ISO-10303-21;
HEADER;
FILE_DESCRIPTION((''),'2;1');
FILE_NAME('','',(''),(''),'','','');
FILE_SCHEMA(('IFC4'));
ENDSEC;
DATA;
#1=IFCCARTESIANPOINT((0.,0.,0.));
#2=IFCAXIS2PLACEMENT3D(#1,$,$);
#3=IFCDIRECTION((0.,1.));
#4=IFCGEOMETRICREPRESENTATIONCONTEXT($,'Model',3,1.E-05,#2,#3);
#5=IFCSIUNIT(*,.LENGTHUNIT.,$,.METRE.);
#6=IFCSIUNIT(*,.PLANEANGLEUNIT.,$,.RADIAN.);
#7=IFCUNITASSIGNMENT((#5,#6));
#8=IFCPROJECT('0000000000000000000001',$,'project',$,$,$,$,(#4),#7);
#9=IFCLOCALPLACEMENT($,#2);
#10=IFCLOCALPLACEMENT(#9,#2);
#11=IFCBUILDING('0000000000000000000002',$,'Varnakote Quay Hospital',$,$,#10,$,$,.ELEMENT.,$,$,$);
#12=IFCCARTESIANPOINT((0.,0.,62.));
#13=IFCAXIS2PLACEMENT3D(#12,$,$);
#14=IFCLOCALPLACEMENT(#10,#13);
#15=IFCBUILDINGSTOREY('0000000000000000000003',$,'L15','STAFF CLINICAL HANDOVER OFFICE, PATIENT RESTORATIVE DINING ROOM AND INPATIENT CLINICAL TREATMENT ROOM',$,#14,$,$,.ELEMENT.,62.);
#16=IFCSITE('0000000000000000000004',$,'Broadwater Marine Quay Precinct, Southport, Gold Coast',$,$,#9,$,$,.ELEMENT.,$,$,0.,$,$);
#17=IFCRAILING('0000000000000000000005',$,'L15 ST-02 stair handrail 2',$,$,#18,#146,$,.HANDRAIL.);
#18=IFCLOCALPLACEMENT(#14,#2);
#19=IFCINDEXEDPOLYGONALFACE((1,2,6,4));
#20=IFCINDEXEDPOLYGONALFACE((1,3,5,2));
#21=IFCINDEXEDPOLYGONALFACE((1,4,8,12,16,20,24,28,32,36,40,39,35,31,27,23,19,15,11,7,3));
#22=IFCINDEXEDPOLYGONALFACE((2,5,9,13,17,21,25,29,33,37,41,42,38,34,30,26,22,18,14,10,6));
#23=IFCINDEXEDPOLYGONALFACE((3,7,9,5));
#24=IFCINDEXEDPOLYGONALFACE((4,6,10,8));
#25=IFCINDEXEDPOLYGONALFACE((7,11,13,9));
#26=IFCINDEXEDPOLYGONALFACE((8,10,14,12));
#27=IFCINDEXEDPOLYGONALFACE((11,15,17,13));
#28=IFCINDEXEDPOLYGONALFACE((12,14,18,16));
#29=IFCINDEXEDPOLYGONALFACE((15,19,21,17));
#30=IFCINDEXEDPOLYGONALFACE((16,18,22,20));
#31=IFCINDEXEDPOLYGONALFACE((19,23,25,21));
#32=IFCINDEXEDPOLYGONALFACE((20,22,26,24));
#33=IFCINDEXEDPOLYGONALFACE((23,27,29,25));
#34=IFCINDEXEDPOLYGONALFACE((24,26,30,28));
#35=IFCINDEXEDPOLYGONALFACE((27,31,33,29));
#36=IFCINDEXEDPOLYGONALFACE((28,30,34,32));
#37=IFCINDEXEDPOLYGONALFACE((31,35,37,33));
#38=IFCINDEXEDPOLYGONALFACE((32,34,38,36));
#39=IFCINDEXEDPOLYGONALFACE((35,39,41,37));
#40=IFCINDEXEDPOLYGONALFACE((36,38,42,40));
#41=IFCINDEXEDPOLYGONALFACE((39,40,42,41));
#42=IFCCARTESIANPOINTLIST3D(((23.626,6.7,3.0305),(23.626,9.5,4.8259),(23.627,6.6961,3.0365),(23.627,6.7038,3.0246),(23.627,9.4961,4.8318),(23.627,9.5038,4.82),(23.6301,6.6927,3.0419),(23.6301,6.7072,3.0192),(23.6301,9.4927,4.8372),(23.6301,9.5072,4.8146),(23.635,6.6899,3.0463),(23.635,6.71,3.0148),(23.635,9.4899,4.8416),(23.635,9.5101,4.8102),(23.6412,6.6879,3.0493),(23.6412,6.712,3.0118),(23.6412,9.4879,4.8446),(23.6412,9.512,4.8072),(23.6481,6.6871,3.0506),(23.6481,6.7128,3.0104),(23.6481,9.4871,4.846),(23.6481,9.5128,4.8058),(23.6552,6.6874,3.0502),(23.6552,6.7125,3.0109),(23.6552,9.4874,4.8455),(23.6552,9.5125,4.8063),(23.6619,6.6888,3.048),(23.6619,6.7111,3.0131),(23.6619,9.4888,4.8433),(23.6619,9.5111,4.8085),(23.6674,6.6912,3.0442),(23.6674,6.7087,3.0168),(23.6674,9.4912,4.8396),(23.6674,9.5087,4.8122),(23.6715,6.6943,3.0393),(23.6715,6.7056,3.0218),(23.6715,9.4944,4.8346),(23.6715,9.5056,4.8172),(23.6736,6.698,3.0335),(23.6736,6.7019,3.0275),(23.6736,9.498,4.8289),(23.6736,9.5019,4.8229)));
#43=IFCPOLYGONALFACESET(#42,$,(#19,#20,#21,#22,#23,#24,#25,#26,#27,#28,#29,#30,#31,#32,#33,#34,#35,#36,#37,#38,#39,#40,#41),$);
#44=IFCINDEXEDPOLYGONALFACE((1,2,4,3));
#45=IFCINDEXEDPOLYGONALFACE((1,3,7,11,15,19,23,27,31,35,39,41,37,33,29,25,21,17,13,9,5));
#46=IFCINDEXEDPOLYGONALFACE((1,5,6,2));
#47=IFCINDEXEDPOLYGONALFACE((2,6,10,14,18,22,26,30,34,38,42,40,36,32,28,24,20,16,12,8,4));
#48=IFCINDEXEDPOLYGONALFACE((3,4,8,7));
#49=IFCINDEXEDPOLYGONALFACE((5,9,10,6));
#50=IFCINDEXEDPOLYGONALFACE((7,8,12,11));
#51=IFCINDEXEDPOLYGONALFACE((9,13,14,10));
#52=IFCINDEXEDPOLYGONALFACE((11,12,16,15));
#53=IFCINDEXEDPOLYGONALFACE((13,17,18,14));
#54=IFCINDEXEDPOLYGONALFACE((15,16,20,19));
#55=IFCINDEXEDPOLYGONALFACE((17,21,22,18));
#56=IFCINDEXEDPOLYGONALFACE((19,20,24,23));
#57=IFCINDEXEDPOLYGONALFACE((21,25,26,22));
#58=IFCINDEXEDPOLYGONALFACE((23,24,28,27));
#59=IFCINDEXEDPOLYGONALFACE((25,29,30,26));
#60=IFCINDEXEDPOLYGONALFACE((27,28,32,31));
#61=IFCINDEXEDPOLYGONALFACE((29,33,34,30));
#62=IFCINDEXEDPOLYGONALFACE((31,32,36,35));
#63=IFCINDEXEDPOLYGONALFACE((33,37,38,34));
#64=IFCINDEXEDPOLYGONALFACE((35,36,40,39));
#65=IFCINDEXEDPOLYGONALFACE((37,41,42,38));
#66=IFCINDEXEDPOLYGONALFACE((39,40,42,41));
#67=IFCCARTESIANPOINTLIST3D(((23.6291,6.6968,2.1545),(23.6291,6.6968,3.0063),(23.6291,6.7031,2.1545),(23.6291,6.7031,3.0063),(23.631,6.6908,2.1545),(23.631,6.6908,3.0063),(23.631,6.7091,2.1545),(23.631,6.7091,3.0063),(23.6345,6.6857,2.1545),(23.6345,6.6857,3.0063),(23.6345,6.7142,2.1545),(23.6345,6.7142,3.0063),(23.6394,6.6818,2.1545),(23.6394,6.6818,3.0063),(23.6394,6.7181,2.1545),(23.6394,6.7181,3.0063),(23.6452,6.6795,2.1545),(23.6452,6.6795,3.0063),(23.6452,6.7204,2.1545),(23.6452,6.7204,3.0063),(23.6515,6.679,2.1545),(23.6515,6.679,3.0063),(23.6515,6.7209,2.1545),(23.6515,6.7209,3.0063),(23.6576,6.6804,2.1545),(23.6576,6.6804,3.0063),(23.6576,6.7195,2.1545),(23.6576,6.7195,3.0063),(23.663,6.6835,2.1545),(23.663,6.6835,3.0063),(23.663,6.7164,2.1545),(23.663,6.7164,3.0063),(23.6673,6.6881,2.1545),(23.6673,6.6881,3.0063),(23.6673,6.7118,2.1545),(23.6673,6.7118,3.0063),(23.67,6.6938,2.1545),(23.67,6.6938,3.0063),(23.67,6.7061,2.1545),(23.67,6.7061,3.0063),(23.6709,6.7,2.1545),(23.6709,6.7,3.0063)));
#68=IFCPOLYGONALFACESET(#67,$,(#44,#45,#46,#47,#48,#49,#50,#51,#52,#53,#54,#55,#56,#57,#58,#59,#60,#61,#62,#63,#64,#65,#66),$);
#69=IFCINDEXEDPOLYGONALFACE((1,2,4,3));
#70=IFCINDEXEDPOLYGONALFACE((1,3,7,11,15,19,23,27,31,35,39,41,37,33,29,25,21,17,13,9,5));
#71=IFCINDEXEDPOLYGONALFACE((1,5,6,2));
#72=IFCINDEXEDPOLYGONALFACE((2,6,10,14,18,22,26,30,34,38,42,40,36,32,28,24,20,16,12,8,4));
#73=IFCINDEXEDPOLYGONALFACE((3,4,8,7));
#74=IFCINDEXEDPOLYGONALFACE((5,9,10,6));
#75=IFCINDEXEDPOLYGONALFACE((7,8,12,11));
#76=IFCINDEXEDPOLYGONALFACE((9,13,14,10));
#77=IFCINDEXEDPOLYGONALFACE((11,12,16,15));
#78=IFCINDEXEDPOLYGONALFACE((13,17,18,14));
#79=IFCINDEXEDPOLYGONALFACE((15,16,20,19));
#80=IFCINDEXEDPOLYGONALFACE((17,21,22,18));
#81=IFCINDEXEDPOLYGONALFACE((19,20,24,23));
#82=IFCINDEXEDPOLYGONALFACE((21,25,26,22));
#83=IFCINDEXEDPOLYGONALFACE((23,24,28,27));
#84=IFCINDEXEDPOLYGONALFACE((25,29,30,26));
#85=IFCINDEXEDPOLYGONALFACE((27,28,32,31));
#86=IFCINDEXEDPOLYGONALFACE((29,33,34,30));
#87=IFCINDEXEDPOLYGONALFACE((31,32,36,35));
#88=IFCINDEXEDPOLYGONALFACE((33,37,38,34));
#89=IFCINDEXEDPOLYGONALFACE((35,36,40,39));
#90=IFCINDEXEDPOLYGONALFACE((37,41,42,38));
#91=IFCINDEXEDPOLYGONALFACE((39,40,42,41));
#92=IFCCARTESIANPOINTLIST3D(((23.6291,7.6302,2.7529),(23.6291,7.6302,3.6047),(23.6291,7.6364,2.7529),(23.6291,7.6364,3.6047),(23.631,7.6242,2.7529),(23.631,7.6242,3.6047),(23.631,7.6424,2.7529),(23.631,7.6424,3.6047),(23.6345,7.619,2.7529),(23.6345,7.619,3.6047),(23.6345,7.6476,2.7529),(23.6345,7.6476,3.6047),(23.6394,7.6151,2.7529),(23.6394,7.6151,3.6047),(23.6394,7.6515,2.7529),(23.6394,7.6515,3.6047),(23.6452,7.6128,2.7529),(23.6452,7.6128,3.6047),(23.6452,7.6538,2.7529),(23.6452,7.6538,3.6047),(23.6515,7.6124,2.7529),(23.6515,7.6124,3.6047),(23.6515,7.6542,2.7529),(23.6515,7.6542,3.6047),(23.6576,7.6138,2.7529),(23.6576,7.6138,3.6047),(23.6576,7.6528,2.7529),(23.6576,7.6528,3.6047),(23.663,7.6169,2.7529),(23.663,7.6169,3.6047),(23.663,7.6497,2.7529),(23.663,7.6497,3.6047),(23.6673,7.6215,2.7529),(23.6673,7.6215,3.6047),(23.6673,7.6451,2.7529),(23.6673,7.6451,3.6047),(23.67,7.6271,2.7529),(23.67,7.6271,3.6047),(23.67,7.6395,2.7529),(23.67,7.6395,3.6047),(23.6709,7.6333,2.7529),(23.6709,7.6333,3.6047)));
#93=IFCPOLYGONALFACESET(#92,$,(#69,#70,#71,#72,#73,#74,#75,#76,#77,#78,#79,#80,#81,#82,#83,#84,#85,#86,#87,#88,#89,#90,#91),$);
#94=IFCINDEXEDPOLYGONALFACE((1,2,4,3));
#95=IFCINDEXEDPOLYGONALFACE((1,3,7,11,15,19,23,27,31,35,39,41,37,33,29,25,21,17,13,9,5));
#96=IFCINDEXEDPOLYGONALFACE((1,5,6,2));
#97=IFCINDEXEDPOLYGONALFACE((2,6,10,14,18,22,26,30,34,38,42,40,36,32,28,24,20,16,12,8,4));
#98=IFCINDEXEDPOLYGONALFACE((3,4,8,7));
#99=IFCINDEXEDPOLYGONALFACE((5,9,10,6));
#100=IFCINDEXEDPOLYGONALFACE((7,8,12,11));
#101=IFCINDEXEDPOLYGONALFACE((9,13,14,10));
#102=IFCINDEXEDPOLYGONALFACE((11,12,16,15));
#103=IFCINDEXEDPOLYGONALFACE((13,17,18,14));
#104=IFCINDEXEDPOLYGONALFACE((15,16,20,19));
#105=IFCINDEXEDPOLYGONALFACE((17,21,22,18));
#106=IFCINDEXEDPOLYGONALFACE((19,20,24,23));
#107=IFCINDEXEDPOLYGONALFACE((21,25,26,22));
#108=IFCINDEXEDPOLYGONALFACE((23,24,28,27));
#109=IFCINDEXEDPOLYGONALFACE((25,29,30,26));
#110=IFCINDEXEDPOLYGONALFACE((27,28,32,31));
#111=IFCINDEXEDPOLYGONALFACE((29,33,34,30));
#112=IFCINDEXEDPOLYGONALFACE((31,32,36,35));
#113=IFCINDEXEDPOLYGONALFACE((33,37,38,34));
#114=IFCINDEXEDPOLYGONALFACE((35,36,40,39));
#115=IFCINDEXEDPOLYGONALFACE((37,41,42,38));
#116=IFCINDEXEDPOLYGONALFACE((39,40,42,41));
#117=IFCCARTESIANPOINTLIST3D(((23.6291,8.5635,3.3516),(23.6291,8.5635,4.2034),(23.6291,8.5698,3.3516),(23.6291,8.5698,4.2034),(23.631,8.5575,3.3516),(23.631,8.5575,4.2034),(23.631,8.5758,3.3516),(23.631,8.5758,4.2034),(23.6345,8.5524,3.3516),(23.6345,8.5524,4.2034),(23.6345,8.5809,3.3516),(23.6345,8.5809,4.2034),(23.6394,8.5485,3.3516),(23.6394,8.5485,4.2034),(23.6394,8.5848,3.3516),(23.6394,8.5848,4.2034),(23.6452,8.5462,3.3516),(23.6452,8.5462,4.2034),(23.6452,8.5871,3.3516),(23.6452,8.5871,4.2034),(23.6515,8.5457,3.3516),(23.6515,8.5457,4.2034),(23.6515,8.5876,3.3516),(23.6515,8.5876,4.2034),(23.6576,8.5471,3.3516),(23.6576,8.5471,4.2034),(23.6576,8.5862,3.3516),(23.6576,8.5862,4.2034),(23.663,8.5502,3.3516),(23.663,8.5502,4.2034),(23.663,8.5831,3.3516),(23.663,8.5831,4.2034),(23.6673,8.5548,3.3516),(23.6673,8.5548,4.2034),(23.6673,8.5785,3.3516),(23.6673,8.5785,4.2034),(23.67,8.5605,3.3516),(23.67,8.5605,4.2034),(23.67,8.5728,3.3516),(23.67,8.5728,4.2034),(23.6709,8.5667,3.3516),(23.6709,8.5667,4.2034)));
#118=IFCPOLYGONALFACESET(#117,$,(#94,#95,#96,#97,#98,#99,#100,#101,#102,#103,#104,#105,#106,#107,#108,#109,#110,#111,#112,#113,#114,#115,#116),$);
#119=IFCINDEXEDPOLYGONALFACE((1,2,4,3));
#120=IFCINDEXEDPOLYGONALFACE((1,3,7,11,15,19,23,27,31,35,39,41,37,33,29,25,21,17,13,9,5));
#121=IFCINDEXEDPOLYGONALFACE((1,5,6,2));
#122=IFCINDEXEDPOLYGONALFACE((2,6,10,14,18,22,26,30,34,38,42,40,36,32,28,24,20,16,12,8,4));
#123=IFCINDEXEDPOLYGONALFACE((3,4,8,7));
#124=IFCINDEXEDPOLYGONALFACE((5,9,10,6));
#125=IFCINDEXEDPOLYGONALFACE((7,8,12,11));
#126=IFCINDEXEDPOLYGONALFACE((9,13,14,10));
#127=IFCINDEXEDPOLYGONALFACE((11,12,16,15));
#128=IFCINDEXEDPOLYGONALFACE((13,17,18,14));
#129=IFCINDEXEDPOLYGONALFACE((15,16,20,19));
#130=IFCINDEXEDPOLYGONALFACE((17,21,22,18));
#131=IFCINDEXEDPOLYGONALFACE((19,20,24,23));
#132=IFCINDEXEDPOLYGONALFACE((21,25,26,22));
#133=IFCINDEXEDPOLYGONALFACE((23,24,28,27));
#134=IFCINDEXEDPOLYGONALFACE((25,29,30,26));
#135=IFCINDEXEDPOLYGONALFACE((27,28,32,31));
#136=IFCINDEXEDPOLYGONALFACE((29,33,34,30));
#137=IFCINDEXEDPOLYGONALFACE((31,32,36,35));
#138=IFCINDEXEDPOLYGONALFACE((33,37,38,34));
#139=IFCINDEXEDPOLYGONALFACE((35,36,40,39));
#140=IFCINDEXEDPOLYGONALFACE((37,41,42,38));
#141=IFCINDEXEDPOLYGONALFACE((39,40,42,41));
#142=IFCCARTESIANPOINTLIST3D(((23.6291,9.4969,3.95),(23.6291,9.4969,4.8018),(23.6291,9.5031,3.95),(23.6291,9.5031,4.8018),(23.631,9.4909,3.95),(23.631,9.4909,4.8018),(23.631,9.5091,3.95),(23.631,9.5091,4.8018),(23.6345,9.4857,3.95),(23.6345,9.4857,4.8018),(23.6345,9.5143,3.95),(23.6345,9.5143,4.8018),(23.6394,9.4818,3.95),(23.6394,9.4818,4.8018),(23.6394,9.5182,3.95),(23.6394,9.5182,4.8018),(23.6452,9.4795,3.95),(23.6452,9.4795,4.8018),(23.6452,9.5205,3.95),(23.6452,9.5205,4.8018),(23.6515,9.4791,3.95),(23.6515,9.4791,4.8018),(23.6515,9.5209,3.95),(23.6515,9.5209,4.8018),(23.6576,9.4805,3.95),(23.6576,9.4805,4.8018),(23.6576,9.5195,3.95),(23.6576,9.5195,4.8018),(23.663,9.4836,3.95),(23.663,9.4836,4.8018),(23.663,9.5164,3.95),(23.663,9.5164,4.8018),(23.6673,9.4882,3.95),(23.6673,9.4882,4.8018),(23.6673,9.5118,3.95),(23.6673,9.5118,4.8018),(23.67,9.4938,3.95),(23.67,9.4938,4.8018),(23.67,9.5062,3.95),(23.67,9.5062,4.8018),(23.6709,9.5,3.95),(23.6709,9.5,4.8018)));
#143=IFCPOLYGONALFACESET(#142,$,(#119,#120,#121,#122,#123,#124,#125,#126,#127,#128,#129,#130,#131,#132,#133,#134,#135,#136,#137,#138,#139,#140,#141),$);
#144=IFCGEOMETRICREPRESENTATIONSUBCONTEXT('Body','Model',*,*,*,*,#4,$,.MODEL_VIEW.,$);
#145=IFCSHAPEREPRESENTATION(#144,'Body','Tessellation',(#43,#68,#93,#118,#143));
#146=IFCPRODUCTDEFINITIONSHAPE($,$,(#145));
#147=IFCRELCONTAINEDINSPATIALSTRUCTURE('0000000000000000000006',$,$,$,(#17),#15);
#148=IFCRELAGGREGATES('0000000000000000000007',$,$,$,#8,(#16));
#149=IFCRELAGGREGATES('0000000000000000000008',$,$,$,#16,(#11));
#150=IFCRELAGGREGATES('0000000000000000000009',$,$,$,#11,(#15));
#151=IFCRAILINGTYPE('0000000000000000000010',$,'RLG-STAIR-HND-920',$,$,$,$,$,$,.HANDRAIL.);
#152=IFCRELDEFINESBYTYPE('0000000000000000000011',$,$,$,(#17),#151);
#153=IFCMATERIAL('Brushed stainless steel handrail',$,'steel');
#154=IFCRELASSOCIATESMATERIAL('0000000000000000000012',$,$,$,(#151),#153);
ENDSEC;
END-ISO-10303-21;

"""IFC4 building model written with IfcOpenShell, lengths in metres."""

from ifc_helpers import new_model, si_unit, direction, frame, origin, origin_2d, place, context, subcontext, project, spatial, circle, extrude, material, type_object, element, save


model = new_model("IFC4")

# Units and contexts
model_context = context("Model", 3, precision=1e-05, world=origin(), true_north=direction((0.0, 1.0)))
body_context = subcontext(model_context, "Body", "Model", "MODEL_VIEW")
ifc_project = project(units=[si_unit("LENGTHUNIT", "METRE"), si_unit("PLANEANGLEUNIT", "RADIAN")], contexts=[model_context])

# Site, building, storey
site_placement = place(None, origin())
site = spatial("IfcSite", under=ifc_project, at=site_placement, Name="Broadwater Marine Quay Precinct, Southport, Gold Coast", CompositionType="ELEMENT", RefElevation=0.0)
building_placement = place(site_placement, origin())
building = spatial("IfcBuilding", under=site, at=building_placement, Name="Varnakote Quay Hospital", CompositionType="ELEMENT")
storey_placement = place(building_placement, frame((0.0, 0.0, 62.0)))
storey = spatial("IfcBuildingStorey", under=building, at=storey_placement, Name="L15", Description="STAFF CLINICAL HANDOVER OFFICE, PATIENT RESTORATIVE DINING ROOM AND INPATIENT CLINICAL TREATMENT ROOM", CompositionType="ELEMENT", Elevation=62.0)

# Railing
ifc_material_1 = material(Name="Brushed stainless steel handrail", Category="steel")
railing_type = type_object("IfcRailingType", Name="RLG-STAIR-HND-920", PredefinedType="HANDRAIL", material=ifc_material_1)
railing_placement = place(storey_placement, frame((23.6499, 6.7, 2.1545)))
element("IfcRailing", 1, at=railing_placement, inside=storey, type_object=railing_type, Name="L15 ST-02 stair handrail 2", PredefinedType="HANDRAIL", context=body_context, shape_type="SweptSolid", body=[
    extrude(circle(Radius=0.0239, at=origin_2d()), frame((0.0, 0.0, 0.876), z_axis=(0.0, 0.84181, 0.539774), x_axis=(-1.0, 0.0, 0.0)), (0.0, 0.0, 1.0), 3.3262),
    extrude(circle(Radius=0.021, at=origin_2d()), origin(), (0.0, 0.0, 1.0), 0.8518),
    extrude(circle(Radius=0.021, at=origin_2d()), frame((0.0, 0.9333, 0.5984)), (0.0, 0.0, 1.0), 0.8518),
    extrude(circle(Radius=0.021, at=origin_2d()), frame((0.0, 1.8667, 1.197)), (0.0, 0.0, 1.0), 0.8518),
    extrude(circle(Radius=0.021, at=origin_2d()), frame((0.0, 2.8, 1.7954)), (0.0, 0.0, 1.0), 0.8518),
])

save(model, "model.ifc")
